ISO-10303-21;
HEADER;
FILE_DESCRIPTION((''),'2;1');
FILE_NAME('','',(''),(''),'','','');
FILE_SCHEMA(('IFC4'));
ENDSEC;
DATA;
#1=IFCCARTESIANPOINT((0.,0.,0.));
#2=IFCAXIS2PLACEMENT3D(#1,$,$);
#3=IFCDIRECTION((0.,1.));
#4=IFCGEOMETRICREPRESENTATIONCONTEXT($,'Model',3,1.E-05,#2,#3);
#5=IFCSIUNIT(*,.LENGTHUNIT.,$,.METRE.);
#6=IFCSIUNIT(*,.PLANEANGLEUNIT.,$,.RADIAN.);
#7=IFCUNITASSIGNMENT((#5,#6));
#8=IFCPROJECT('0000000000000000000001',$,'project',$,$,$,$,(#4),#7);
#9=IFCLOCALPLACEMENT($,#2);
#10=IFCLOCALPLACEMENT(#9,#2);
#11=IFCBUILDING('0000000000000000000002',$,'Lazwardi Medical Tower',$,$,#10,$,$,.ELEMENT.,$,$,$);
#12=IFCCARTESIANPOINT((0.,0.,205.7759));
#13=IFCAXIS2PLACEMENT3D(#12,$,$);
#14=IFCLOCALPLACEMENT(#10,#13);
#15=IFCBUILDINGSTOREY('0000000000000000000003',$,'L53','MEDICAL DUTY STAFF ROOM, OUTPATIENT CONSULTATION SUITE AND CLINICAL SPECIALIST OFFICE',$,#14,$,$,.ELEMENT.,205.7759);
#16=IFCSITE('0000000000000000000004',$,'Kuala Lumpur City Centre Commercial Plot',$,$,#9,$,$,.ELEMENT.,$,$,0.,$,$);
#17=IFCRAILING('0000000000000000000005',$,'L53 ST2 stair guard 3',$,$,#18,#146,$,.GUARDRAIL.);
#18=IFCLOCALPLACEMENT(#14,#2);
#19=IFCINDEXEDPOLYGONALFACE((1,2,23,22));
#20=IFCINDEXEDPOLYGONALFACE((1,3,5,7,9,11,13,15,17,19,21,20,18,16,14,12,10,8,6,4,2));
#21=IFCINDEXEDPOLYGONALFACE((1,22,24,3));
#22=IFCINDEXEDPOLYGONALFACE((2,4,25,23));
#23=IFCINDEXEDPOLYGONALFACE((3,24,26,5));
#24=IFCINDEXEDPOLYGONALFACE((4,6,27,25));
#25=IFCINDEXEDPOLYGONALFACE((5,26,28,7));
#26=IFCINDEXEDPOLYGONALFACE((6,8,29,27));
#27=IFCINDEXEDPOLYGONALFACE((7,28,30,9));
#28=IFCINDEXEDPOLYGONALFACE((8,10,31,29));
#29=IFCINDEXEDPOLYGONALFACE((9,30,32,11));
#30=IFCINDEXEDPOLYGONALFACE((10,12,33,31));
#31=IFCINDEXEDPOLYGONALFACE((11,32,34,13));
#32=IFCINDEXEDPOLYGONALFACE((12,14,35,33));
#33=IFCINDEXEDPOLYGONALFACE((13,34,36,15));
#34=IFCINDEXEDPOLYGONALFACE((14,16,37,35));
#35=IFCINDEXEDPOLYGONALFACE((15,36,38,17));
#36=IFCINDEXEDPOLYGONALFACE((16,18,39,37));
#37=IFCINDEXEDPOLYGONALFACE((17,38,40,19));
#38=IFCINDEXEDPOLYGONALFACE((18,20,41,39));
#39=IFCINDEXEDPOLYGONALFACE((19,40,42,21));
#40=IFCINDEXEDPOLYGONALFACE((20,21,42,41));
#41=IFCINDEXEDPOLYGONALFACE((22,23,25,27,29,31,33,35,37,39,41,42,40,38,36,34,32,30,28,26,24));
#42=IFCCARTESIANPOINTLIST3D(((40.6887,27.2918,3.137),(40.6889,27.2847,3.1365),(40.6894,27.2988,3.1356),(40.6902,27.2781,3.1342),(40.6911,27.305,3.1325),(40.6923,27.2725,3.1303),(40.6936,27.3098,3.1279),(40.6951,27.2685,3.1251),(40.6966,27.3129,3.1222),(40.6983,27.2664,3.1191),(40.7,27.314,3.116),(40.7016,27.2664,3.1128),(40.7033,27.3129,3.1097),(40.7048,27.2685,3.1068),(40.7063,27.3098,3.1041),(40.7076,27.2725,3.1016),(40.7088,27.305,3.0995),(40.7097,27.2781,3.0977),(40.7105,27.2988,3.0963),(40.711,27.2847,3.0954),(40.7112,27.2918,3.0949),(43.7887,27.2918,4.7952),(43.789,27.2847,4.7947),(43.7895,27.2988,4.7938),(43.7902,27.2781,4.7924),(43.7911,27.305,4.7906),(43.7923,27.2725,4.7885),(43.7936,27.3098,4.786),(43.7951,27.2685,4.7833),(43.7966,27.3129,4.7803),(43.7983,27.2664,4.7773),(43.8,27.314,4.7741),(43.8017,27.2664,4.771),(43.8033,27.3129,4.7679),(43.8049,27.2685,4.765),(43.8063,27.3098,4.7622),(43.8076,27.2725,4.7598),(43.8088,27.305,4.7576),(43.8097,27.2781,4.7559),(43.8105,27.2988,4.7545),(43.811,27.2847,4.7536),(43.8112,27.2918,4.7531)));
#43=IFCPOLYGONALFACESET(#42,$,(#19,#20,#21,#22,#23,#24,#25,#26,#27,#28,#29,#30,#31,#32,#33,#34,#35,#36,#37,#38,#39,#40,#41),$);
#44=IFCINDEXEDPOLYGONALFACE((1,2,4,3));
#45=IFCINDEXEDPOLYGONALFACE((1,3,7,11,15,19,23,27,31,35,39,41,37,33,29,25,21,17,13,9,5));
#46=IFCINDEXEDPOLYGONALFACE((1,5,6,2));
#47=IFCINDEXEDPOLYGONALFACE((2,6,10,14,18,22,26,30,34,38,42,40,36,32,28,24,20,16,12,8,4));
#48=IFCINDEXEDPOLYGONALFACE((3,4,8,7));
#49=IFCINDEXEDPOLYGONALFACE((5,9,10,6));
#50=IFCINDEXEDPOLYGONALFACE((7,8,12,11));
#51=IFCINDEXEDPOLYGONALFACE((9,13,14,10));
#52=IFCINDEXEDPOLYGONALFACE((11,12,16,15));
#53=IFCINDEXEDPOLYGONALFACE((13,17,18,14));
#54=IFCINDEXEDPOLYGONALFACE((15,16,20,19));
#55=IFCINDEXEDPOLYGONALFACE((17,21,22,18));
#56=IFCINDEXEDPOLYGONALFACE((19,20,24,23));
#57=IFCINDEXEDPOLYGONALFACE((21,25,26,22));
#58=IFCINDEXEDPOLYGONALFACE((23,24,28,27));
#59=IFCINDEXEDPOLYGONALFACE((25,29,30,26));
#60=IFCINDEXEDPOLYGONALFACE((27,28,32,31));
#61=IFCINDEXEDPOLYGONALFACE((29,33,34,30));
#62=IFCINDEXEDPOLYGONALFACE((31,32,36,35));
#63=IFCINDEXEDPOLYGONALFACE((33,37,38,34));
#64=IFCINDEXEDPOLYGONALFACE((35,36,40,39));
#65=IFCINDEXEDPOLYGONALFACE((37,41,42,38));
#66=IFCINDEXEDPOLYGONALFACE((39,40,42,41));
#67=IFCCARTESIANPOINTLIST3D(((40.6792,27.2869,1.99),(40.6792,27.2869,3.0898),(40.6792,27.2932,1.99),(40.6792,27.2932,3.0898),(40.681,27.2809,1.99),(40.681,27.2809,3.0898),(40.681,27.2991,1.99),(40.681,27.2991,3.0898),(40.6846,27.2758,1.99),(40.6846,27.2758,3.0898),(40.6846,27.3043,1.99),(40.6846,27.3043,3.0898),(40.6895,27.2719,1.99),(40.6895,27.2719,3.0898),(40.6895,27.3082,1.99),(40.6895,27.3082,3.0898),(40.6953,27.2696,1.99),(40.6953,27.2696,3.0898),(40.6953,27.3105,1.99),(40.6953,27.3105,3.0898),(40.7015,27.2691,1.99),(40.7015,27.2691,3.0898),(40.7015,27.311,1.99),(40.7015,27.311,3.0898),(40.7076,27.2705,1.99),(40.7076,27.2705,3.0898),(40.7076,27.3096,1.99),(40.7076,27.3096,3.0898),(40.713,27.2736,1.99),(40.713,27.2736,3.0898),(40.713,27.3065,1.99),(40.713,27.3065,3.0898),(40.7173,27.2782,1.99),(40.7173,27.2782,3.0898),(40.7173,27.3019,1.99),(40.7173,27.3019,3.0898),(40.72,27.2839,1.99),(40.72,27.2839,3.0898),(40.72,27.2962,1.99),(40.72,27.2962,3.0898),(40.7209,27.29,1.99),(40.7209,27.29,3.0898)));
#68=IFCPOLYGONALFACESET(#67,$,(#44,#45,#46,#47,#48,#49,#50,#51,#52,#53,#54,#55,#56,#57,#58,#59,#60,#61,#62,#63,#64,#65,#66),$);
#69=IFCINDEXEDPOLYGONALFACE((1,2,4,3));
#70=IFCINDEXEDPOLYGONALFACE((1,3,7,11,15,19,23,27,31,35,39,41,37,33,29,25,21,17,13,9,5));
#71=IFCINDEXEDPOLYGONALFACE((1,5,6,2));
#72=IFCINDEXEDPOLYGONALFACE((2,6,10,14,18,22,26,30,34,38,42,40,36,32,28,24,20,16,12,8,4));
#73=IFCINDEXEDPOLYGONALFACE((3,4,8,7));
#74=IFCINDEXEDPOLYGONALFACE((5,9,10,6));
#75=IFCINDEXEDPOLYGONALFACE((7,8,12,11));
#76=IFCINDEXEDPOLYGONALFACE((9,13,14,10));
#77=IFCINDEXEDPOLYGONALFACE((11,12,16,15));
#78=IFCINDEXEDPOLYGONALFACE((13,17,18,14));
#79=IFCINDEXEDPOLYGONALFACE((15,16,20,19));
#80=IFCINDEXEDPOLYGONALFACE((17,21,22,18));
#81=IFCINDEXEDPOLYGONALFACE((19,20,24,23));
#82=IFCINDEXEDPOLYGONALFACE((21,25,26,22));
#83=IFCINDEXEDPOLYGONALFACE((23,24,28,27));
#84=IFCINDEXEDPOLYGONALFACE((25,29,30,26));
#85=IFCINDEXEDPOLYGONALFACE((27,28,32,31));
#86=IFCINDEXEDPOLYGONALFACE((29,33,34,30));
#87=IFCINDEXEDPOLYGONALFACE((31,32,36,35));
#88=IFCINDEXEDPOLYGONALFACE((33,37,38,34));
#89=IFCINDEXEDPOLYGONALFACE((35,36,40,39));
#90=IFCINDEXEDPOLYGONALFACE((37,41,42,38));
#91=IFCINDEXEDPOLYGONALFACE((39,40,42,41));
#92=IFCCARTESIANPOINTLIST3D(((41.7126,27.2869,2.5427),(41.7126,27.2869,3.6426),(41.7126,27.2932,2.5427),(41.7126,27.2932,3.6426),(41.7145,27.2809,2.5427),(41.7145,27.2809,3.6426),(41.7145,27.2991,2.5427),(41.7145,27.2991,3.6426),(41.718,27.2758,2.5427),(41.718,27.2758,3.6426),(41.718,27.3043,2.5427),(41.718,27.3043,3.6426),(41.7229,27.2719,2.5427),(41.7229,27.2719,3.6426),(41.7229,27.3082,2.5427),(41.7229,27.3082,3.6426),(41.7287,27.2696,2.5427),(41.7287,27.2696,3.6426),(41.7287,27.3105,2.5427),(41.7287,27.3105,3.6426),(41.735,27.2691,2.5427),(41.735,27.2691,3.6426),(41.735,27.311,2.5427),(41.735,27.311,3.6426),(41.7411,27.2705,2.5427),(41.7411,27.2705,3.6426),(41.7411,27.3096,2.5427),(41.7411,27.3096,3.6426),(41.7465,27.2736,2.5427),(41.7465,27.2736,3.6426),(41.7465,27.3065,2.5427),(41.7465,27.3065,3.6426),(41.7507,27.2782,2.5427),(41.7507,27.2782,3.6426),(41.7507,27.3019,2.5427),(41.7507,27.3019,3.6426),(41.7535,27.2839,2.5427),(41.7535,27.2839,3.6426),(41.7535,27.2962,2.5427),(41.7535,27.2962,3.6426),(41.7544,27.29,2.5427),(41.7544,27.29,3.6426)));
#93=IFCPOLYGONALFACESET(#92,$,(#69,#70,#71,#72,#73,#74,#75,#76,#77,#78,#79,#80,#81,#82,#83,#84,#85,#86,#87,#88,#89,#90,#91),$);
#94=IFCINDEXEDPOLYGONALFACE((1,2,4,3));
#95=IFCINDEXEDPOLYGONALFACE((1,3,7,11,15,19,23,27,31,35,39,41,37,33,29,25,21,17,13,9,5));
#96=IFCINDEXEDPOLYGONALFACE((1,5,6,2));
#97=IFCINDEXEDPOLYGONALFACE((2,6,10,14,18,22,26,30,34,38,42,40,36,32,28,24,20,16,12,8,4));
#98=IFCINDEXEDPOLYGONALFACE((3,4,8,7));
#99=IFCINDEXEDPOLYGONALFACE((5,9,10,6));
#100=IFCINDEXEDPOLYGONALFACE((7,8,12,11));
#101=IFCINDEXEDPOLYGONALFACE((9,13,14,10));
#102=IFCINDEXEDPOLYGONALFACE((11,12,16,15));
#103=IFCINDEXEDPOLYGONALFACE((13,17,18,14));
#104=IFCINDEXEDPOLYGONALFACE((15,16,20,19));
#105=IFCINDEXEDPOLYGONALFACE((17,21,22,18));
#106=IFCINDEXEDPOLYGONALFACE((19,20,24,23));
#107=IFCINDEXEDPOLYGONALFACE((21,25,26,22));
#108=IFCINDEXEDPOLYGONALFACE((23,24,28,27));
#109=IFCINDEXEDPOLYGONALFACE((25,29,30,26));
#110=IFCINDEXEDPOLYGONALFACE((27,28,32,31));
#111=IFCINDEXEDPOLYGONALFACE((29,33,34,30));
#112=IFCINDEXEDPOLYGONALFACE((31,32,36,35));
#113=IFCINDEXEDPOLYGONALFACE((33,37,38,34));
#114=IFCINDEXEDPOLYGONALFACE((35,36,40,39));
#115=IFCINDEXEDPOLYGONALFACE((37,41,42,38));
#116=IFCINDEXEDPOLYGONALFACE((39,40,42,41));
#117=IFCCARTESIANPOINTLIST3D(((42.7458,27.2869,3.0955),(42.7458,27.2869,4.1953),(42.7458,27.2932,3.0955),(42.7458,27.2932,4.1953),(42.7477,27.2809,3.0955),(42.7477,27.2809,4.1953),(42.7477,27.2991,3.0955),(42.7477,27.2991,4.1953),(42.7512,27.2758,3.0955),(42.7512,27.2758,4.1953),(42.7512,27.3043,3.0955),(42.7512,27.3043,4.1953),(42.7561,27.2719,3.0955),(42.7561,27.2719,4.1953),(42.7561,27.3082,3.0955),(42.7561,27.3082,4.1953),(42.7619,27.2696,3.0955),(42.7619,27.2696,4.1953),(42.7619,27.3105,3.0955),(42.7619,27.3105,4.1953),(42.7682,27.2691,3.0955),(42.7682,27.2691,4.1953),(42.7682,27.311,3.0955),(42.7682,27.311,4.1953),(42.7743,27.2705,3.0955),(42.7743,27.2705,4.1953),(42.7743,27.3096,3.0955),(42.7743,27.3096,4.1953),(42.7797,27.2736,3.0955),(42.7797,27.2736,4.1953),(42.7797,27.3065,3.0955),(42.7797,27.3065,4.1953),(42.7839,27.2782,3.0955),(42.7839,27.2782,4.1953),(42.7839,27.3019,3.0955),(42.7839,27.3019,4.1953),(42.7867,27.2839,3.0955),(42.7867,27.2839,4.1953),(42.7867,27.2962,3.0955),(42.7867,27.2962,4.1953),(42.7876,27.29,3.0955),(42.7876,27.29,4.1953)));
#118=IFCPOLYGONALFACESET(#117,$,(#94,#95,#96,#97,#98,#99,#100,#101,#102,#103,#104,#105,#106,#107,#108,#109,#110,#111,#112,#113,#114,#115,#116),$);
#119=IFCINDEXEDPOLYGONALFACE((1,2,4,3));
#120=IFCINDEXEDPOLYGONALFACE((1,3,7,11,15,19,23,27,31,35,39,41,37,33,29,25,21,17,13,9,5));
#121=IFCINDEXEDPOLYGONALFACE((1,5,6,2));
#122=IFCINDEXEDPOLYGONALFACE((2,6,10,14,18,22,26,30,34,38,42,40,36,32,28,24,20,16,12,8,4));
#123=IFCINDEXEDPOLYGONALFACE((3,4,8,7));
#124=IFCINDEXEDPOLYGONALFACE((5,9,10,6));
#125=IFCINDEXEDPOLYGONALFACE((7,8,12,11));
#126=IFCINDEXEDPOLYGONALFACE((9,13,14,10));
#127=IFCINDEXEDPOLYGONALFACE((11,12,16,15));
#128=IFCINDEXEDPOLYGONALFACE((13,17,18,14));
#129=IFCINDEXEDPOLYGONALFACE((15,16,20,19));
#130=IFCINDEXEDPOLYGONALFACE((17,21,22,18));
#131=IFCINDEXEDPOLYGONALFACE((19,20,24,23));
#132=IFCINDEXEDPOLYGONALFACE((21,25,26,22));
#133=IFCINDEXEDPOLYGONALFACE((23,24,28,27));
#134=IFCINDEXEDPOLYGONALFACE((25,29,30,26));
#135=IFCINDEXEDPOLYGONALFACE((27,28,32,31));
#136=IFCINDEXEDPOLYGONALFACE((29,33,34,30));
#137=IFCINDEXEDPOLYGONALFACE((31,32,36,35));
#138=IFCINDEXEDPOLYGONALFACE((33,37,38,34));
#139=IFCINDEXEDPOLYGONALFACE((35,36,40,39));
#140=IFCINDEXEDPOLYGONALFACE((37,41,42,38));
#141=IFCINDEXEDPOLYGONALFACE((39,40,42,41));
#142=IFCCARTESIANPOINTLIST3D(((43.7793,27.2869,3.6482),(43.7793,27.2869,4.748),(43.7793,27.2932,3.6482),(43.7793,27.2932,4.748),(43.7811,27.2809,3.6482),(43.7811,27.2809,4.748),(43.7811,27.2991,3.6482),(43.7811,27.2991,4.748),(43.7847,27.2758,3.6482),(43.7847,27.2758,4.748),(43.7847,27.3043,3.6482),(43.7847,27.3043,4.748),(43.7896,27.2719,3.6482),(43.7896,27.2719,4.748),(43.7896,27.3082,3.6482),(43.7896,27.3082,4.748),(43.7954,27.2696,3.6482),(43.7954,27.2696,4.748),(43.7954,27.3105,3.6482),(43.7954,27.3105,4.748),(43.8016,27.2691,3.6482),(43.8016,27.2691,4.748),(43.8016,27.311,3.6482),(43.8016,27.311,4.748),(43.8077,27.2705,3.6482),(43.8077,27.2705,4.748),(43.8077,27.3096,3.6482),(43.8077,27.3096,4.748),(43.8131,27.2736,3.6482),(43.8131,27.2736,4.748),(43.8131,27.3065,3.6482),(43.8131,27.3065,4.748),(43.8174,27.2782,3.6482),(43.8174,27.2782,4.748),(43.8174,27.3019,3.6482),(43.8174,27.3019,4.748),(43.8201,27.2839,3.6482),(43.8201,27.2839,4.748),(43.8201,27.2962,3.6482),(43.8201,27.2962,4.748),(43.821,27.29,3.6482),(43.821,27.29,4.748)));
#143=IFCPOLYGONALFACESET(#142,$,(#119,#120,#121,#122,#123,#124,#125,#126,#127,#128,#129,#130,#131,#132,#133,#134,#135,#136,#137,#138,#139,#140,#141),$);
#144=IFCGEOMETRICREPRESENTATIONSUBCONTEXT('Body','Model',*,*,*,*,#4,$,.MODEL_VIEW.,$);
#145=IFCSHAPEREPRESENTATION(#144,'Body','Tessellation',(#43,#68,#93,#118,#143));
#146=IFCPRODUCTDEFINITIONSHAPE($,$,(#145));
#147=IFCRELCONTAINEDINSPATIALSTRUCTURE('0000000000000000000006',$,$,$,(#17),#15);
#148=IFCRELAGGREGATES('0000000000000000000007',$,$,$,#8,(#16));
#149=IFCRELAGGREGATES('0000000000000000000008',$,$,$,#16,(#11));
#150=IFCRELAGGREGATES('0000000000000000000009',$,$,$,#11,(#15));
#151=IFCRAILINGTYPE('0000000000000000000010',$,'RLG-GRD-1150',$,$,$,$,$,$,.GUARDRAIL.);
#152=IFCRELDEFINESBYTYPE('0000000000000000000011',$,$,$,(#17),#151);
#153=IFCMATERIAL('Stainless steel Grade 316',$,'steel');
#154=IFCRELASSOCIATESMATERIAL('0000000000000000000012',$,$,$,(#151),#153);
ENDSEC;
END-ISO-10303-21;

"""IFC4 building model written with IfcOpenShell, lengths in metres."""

from ifc_helpers import new_model, si_unit, direction, frame, origin, origin_2d, place, context, subcontext, project, spatial, circle, extrude, material, type_object, element, save


model = new_model("IFC4")

# Units and contexts
model_context = context("Model", 3, precision=1e-05, world=origin(), true_north=direction((0.0, 1.0)))
body_context = subcontext(model_context, "Body", "Model", "MODEL_VIEW")
ifc_project = project(units=[si_unit("LENGTHUNIT", "METRE"), si_unit("PLANEANGLEUNIT", "RADIAN")], contexts=[model_context])

# Site, building, storey
site_placement = place(None, origin())
site = spatial("IfcSite", under=ifc_project, at=site_placement, Name="Kuala Lumpur City Centre Commercial Plot", CompositionType="ELEMENT", RefElevation=0.0)
building_placement = place(site_placement, origin())
building = spatial("IfcBuilding", under=site, at=building_placement, Name="Lazwardi Medical Tower", CompositionType="ELEMENT")
storey_placement = place(building_placement, frame((0.0, 0.0, 205.7759)))
storey = spatial("IfcBuildingStorey", under=building, at=storey_placement, Name="L53", Description="MEDICAL DUTY STAFF ROOM, OUTPATIENT CONSULTATION SUITE AND CLINICAL SPECIALIST OFFICE", CompositionType="ELEMENT", Elevation=205.7759)

# Railing
ifc_material_1 = material(Name="Stainless steel Grade 316", Category="steel")
railing_type_1 = type_object("IfcRailingType", Name="RLG-GRD-1150", PredefinedType="GUARDRAIL", material=ifc_material_1)
railing_1_placement = place(storey_placement, frame((40.7, 27.29, 1.99)))
element("IfcRailing", 1, at=railing_1_placement, inside=storey, type_object=railing_type_1, Name="L53 ST2 stair guard 3", PredefinedType="GUARDRAIL", context=body_context, shape_type="SweptSolid", body=[
    extrude(circle(Radius=0.0239, at=origin_2d()), frame((0.0, 0.0, 1.126), z_axis=(0.881783, 0.0, 0.471655), x_axis=(0.0, 1.0, 0.0)), (0.0, 0.0, 1.0), 3.5156),
    extrude(circle(Radius=0.021, at=origin_2d()), origin(), (0.0, 0.0, 1.0), 1.0999),
    extrude(circle(Radius=0.021, at=origin_2d()), frame((1.0334, 0.0, 0.5527)), (0.0, 0.0, 1.0), 1.0999),
    extrude(circle(Radius=0.021, at=origin_2d()), frame((2.0667, 0.0, 1.1055)), (0.0, 0.0, 1.0), 1.0999),
    extrude(circle(Radius=0.021, at=origin_2d()), frame((3.1001, 0.0, 1.6582)), (0.0, 0.0, 1.0), 1.0999),
])

save(model, "model.ifc")
